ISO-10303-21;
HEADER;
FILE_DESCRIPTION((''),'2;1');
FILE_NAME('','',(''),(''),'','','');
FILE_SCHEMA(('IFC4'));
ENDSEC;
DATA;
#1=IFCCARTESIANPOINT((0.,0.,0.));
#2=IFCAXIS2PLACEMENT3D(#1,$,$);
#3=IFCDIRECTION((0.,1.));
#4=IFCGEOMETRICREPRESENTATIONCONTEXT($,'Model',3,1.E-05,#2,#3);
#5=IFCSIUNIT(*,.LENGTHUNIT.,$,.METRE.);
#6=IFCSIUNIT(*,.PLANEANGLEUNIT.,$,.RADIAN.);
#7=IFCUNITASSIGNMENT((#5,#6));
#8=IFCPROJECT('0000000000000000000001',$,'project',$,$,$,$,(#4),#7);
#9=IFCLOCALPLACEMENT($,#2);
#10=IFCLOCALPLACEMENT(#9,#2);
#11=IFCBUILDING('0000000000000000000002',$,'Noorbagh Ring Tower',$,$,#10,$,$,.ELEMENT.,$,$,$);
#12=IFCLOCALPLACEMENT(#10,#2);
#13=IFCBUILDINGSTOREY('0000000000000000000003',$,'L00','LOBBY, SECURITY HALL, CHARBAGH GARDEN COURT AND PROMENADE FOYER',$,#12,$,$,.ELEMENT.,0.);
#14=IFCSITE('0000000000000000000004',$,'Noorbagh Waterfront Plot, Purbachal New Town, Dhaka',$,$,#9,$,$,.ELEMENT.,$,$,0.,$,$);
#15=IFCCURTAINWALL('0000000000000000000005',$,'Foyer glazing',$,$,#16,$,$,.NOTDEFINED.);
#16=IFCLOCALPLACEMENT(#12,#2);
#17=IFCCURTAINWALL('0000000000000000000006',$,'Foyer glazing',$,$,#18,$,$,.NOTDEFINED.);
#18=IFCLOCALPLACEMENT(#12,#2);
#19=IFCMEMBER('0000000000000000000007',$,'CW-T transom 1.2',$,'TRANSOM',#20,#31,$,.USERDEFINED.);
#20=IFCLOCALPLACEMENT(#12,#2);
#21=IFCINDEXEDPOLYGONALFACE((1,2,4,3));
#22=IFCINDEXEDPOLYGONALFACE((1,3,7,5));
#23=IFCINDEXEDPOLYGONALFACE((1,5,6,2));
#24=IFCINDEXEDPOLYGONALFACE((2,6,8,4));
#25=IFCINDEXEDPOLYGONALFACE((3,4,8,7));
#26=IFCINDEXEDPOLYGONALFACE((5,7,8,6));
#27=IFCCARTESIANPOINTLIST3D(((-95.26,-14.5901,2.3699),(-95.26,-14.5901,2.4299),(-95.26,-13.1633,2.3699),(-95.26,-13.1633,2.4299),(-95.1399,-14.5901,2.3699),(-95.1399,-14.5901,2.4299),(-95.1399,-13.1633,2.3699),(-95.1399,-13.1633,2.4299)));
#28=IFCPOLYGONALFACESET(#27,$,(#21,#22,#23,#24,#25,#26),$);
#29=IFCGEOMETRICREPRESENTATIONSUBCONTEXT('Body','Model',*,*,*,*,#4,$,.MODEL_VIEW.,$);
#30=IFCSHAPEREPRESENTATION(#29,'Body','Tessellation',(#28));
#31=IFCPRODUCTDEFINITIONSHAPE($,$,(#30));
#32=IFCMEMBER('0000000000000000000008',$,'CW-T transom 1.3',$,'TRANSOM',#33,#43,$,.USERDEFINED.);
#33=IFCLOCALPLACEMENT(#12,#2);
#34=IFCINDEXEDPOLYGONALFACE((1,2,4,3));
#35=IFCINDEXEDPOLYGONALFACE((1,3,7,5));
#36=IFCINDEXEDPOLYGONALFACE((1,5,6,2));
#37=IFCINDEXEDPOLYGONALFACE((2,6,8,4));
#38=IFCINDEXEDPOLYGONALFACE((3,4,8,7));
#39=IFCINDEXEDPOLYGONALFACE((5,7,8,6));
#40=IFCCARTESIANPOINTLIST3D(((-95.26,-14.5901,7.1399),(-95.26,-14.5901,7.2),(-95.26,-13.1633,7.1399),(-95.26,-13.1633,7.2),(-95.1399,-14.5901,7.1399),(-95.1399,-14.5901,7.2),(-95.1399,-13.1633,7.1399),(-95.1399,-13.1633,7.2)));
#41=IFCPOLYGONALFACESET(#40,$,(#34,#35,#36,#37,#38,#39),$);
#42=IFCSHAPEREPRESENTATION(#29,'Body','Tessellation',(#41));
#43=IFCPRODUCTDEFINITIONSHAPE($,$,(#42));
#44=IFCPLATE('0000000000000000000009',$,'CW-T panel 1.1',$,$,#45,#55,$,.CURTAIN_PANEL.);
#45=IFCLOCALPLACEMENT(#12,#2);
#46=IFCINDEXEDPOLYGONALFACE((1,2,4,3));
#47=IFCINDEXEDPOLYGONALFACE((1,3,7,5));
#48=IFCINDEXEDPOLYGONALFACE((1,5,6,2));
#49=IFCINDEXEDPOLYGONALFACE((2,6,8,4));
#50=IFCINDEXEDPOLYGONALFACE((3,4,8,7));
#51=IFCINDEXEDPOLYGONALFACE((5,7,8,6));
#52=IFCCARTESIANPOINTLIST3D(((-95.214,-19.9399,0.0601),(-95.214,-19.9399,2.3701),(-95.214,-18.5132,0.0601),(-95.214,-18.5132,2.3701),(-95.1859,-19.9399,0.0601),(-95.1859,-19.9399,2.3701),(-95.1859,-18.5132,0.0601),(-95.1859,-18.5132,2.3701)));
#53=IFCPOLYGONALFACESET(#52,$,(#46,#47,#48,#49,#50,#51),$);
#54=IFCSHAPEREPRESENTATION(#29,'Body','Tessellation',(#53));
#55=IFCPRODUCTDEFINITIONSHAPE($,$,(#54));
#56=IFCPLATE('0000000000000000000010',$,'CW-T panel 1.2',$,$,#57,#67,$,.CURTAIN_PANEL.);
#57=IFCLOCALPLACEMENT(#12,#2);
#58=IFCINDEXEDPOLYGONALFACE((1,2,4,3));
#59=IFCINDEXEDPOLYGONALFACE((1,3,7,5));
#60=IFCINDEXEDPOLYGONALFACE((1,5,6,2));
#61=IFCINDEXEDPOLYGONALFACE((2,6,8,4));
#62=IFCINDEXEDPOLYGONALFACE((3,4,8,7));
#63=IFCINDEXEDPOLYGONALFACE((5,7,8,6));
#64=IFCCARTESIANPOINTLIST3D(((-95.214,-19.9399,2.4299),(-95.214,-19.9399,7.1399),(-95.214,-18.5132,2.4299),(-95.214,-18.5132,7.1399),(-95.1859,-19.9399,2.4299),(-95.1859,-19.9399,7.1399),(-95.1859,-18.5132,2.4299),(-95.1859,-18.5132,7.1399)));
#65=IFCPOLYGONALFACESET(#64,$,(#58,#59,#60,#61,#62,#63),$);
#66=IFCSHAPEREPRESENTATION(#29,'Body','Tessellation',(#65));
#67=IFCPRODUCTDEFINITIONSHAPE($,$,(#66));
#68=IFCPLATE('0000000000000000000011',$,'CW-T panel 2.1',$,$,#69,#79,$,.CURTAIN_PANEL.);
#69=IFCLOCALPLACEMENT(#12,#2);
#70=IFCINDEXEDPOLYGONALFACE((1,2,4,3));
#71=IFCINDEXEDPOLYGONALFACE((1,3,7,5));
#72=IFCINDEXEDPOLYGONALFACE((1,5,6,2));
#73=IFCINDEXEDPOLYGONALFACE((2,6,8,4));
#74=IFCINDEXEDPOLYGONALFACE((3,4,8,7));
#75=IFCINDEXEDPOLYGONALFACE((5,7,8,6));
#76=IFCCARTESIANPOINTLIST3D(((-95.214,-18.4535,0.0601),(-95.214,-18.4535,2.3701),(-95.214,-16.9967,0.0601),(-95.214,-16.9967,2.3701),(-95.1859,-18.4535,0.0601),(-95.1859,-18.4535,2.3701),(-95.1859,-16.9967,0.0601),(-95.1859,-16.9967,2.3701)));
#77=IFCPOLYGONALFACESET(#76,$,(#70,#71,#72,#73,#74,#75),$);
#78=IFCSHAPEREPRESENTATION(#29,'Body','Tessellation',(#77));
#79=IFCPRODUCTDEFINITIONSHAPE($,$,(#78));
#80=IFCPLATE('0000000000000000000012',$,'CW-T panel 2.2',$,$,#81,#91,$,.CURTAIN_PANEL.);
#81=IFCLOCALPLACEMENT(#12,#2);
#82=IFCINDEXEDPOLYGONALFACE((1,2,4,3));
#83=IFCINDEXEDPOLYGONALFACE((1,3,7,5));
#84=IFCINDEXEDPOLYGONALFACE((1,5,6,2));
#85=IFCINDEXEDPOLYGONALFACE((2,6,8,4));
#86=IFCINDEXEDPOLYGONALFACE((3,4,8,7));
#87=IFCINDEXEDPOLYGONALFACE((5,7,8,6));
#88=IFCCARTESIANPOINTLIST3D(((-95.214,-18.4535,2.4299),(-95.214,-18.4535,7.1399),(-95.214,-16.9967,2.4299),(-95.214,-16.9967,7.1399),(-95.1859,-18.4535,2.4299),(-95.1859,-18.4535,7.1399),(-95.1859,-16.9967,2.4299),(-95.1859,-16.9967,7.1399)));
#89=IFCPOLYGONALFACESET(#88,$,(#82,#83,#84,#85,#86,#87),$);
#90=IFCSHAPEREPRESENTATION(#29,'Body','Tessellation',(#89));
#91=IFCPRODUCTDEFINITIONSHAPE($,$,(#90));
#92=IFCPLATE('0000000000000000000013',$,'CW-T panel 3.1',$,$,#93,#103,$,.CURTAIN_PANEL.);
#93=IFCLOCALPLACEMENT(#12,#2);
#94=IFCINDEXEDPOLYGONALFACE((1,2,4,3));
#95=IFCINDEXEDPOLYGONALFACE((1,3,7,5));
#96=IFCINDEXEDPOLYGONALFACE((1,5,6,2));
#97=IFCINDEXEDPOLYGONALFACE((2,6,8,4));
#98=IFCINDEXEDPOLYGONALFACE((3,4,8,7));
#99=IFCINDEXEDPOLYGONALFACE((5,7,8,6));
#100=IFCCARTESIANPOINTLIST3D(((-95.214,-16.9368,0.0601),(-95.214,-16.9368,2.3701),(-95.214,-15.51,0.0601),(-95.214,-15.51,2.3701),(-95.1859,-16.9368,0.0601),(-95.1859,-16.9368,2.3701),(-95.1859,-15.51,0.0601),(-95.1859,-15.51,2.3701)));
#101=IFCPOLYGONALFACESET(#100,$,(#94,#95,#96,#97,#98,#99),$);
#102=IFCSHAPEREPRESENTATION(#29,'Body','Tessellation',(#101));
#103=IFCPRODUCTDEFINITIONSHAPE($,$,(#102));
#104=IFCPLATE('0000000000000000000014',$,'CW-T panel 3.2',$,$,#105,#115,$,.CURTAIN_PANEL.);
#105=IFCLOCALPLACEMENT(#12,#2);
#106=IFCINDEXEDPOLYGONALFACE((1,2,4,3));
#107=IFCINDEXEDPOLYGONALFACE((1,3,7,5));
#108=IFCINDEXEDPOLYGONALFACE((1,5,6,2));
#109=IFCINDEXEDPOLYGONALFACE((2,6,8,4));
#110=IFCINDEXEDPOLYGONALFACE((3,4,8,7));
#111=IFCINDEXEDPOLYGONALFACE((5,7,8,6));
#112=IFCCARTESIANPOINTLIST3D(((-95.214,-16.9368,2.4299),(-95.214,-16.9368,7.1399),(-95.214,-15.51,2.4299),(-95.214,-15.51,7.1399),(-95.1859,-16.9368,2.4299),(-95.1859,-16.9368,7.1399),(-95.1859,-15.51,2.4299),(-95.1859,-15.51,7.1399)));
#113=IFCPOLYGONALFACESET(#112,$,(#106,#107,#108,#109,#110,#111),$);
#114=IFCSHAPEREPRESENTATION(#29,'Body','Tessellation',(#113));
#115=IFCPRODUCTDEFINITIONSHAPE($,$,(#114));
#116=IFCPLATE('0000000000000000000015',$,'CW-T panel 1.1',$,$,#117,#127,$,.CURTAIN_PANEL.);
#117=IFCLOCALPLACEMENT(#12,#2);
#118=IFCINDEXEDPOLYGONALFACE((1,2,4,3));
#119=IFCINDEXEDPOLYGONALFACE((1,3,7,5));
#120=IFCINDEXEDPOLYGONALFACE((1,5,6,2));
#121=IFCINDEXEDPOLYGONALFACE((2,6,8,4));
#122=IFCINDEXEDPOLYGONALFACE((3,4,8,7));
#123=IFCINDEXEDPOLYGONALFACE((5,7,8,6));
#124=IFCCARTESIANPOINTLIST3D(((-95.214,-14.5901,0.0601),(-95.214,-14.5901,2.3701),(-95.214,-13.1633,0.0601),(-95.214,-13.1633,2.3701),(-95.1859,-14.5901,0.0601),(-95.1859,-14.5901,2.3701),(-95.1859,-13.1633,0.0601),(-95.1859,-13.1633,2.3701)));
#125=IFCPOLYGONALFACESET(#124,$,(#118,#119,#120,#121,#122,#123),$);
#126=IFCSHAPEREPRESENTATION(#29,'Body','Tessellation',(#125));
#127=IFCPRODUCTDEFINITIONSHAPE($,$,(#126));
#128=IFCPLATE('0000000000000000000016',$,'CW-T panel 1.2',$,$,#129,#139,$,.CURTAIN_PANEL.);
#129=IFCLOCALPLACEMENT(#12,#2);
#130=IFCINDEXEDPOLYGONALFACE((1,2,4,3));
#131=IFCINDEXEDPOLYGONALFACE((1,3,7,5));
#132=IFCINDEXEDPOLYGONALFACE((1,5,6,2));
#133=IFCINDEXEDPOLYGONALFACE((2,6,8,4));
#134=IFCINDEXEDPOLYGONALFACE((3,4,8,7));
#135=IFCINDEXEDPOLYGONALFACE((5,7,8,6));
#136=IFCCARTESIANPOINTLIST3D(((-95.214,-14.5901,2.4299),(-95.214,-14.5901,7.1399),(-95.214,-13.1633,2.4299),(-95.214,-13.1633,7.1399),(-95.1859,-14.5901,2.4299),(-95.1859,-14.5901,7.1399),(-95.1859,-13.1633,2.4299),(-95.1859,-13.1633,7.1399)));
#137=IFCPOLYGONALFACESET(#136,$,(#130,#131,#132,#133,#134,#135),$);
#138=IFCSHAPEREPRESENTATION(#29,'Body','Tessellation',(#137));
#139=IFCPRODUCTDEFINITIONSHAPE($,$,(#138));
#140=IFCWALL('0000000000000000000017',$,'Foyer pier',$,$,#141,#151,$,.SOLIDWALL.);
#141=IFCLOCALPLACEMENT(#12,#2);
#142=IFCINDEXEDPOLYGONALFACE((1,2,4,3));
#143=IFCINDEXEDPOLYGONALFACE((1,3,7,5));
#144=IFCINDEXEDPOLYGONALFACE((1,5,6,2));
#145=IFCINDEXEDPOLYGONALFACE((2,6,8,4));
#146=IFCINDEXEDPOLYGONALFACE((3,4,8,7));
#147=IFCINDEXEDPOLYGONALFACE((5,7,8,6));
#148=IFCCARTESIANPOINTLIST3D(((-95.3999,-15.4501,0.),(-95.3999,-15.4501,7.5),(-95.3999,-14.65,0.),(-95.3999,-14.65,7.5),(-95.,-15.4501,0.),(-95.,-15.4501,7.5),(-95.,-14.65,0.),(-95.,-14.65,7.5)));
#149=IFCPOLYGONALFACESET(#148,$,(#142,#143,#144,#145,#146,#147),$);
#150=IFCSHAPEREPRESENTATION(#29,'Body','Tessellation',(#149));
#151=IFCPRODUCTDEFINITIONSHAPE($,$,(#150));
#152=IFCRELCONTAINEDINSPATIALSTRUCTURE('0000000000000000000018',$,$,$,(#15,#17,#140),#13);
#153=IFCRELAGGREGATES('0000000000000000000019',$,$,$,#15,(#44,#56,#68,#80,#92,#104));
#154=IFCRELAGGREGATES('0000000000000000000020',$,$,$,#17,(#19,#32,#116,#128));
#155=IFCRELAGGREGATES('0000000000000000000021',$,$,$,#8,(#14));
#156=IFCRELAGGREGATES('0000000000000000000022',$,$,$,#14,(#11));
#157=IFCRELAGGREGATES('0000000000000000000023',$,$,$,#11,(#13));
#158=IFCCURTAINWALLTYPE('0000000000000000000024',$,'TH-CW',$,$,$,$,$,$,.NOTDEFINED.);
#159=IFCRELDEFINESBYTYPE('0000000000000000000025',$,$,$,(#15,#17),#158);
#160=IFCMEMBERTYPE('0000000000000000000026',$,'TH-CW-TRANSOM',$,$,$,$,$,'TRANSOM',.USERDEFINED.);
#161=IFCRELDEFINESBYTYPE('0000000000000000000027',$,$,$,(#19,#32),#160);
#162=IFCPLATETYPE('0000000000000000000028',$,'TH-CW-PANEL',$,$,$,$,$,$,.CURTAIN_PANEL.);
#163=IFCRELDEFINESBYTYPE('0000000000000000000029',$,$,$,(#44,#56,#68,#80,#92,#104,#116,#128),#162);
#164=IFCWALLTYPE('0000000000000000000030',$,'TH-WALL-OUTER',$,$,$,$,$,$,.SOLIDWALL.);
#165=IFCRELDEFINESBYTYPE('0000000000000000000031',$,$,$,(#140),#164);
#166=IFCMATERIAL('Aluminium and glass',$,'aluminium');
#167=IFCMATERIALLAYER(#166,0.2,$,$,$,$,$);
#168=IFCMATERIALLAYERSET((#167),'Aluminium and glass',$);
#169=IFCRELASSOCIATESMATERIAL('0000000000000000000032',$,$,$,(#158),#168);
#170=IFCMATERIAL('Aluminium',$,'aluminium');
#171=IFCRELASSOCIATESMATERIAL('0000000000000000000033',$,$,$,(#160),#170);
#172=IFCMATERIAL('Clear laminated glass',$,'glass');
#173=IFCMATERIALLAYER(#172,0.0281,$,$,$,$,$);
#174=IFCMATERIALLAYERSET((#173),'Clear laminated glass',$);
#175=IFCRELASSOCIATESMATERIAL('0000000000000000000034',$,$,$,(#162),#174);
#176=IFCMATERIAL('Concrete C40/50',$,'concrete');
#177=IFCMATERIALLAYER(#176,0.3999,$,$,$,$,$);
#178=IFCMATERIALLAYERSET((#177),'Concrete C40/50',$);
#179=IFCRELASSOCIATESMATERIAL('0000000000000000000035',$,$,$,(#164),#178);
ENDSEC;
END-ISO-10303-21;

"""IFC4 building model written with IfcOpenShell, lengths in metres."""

from ifc_helpers import new_model, si_unit, direction, frame, frame_2d, origin, origin_2d, place, context, subcontext, project, spatial, rectangle, extrude, material, layer, layer_set, material_profile, profile_set, type_object, element, aggregate, save


model = new_model("IFC4")

# Units and contexts
model_context = context("Model", 3, precision=1e-05, world=origin(), true_north=direction((0.0, 1.0)))
body_context = subcontext(model_context, "Body", "Model", "MODEL_VIEW")
ifc_project = project(units=[si_unit("LENGTHUNIT", "METRE"), si_unit("PLANEANGLEUNIT", "RADIAN")], contexts=[model_context])

# Site, building, storey
site_placement = place(None, origin())
site = spatial("IfcSite", under=ifc_project, at=site_placement, Name="Noorbagh Waterfront Plot, Purbachal New Town, Dhaka", CompositionType="ELEMENT", RefElevation=0.0)
building_placement = place(site_placement, origin())
building = spatial("IfcBuilding", under=site, at=building_placement, Name="Noorbagh Ring Tower", CompositionType="ELEMENT")
storey_placement = place(building_placement, origin())
storey = spatial("IfcBuildingStorey", under=building, at=storey_placement, Name="L00", Description="LOBBY, SECURITY HALL, CHARBAGH GARDEN COURT AND PROMENADE FOYER", CompositionType="ELEMENT", Elevation=0.0)

# Curtain wall
ifc_material_1 = material(Name="Aluminium and glass", Category="aluminium")
ifc_layer_1 = layer(ifc_material_1, 0.2)
ifc_layer_set_1 = layer_set([ifc_layer_1], Name="Aluminium and glass")
curtain_wall_type = type_object("IfcCurtainWallType", Name="TH-CW", PredefinedType="NOTDEFINED", material=ifc_layer_set_1)
curtain_wall_1_placement = place(storey_placement, origin())
curtain_wall_1 = element("IfcCurtainWall", 1, at=curtain_wall_1_placement, inside=storey, type_object=curtain_wall_type, Name="Foyer glazing", PredefinedType="NOTDEFINED")

# Curtain wall
curtain_wall_2_placement = place(storey_placement, origin())
curtain_wall_2 = element("IfcCurtainWall", 2, at=curtain_wall_2_placement, inside=storey, type_object=curtain_wall_type, Name="Foyer glazing", PredefinedType="NOTDEFINED")

# Members
ifc_material_2 = material(Name="Aluminium", Category="aluminium")
ifc_material_profile_1 = material_profile(ifc_material_2, rectangle(XDim=0.1201, YDim=0.0601, at=origin_2d()), Name="AL 120x60")
ifc_profile_set_1 = profile_set([ifc_material_profile_1], Name="Aluminium")
member_type_1 = type_object("IfcMemberType", Name="TH-CW-TRANSOM", ElementType="TRANSOM", PredefinedType="USERDEFINED", material=ifc_profile_set_1)
member_1_placement = place(storey_placement, frame((-95.2, -14.5901, 2.3999), z_axis=(0.0, 1.0, 0.0), x_axis=(-1.0, 0.0, 0.0)))
member_1 = element("IfcMember", 3, at=member_1_placement, type_object=member_type_1, Name="CW-T transom 1.2", ObjectType="TRANSOM", PredefinedType="USERDEFINED", context=body_context, shape_type="SweptSolid", body=[
    extrude(rectangle(XDim=0.1201, YDim=0.0601, at=origin_2d()), origin(), (0.0, 0.0, 1.0), 1.4268),
])
member_2_placement = place(storey_placement, frame((-95.2, -14.5901, 7.1699), z_axis=(0.0, 1.0, 0.0), x_axis=(-1.0, 0.0, 0.0)))
member_2 = element("IfcMember", 4, at=member_2_placement, type_object=member_type_1, Name="CW-T transom 1.3", ObjectType="TRANSOM", PredefinedType="USERDEFINED", context=body_context, shape_type="SweptSolid", body=[
    extrude(rectangle(XDim=0.1201, YDim=0.0601, at=origin_2d()), origin(), (0.0, 0.0, 1.0), 1.4268),
])

# Plates
ifc_material_3 = material(Name="Clear laminated glass", Category="glass")
ifc_layer_2 = layer(ifc_material_3, 0.0281)
ifc_layer_set_2 = layer_set([ifc_layer_2], Name="Clear laminated glass")
plate_type = type_object("IfcPlateType", Name="TH-CW-PANEL", PredefinedType="CURTAIN_PANEL", material=ifc_layer_set_2)
plate_1_placement = place(storey_placement, frame((-95.2, -19.2266, 0.0601), z_axis=(0.0, 0.0, 1.0), x_axis=(0.0, 1.0, 0.0)))
plate_1 = element("IfcPlate", 5, at=plate_1_placement, type_object=plate_type, Name="CW-T panel 1.1", PredefinedType="CURTAIN_PANEL", context=body_context, shape_type="SweptSolid", body=[
    extrude(rectangle(XDim=1.4268, YDim=0.0281, at=origin_2d()), origin(), (0.0, 0.0, 1.0), 2.3101),
])
plate_2_placement = place(storey_placement, frame((-95.2, -19.2266, 2.4299), z_axis=(0.0, 0.0, 1.0), x_axis=(0.0, 1.0, 0.0)))
plate_2 = element("IfcPlate", 6, at=plate_2_placement, type_object=plate_type, Name="CW-T panel 1.2", PredefinedType="CURTAIN_PANEL", context=body_context, shape_type="SweptSolid", body=[
    extrude(rectangle(XDim=1.4268, YDim=0.0281, at=origin_2d()), origin(), (0.0, 0.0, 1.0), 4.71),
])
plate_3_placement = place(storey_placement, frame((-95.2, -17.7251, 0.0601), z_axis=(0.0, 0.0, 1.0), x_axis=(0.0, 1.0, 0.0)))
plate_3 = element("IfcPlate", 7, at=plate_3_placement, type_object=plate_type, Name="CW-T panel 2.1", PredefinedType="CURTAIN_PANEL", context=body_context, shape_type="SweptSolid", body=[
    extrude(rectangle(XDim=1.4568, YDim=0.0281, at=origin_2d()), origin(), (0.0, 0.0, 1.0), 2.3101),
])
plate_4_placement = place(storey_placement, frame((-95.2, -17.7251, 2.4299), z_axis=(0.0, 0.0, 1.0), x_axis=(0.0, 1.0, 0.0)))
plate_4 = element("IfcPlate", 8, at=plate_4_placement, type_object=plate_type, Name="CW-T panel 2.2", PredefinedType="CURTAIN_PANEL", context=body_context, shape_type="SweptSolid", body=[
    extrude(rectangle(XDim=1.4568, YDim=0.0281, at=origin_2d()), origin(), (0.0, 0.0, 1.0), 4.71),
])
plate_5_placement = place(storey_placement, frame((-95.2, -16.2234, 0.0601), z_axis=(0.0, 0.0, 1.0), x_axis=(0.0, 1.0, 0.0)))
plate_5 = element("IfcPlate", 9, at=plate_5_placement, type_object=plate_type, Name="CW-T panel 3.1", PredefinedType="CURTAIN_PANEL", context=body_context, shape_type="SweptSolid", body=[
    extrude(rectangle(XDim=1.4268, YDim=0.0281, at=origin_2d()), origin(), (0.0, 0.0, 1.0), 2.3101),
])
plate_6_placement = place(storey_placement, frame((-95.2, -16.2234, 2.4299), z_axis=(0.0, 0.0, 1.0), x_axis=(0.0, 1.0, 0.0)))
plate_6 = element("IfcPlate", 10, at=plate_6_placement, type_object=plate_type, Name="CW-T panel 3.2", PredefinedType="CURTAIN_PANEL", context=body_context, shape_type="SweptSolid", body=[
    extrude(rectangle(XDim=1.4268, YDim=0.0281, at=origin_2d()), origin(), (0.0, 0.0, 1.0), 4.71),
])
aggregate(curtain_wall_1, [plate_1, plate_2, plate_3, plate_4, plate_5, plate_6])
plate_7_placement = place(storey_placement, frame((-95.2, -13.8767, 0.0601), z_axis=(0.0, 0.0, 1.0), x_axis=(0.0, 1.0, 0.0)))
plate_7 = element("IfcPlate", 11, at=plate_7_placement, type_object=plate_type, Name="CW-T panel 1.1", PredefinedType="CURTAIN_PANEL", context=body_context, shape_type="SweptSolid", body=[
    extrude(rectangle(XDim=1.4268, YDim=0.0281, at=origin_2d()), origin(), (0.0, 0.0, 1.0), 2.3101),
])
plate_8_placement = place(storey_placement, frame((-95.2, -13.8767, 2.4299), z_axis=(0.0, 0.0, 1.0), x_axis=(0.0, 1.0, 0.0)))
plate_8 = element("IfcPlate", 12, at=plate_8_placement, type_object=plate_type, Name="CW-T panel 1.2", PredefinedType="CURTAIN_PANEL", context=body_context, shape_type="SweptSolid", body=[
    extrude(rectangle(XDim=1.4268, YDim=0.0281, at=origin_2d()), origin(), (0.0, 0.0, 1.0), 4.71),
])
aggregate(curtain_wall_2, [member_1, member_2, plate_7, plate_8])

# Wall
ifc_material_4 = material(Name="Concrete C40/50", Category="concrete")
ifc_layer_3 = layer(ifc_material_4, 0.3999)
ifc_layer_set_3 = layer_set([ifc_layer_3], Name="Concrete C40/50")
wall_type = type_object("IfcWallType", Name="TH-WALL-OUTER", PredefinedType="SOLIDWALL", material=ifc_layer_set_3)
wall_placement = place(storey_placement, frame((-95.2, -15.45, 0.0), z_axis=(0.0, 0.0, 1.0), x_axis=(0.0, 1.0, 0.0)))
element("IfcWall", 13, at=wall_placement, inside=storey, type_object=wall_type, Name="Foyer pier", PredefinedType="SOLIDWALL", context=body_context, shape_type="SweptSolid", body=[
    extrude(rectangle(XDim=0.8, YDim=0.3999, at=frame_2d((0.3999, 0.0))), origin(), (0.0, 0.0, 1.0), 7.5),
])

save(model, "model.ifc")
